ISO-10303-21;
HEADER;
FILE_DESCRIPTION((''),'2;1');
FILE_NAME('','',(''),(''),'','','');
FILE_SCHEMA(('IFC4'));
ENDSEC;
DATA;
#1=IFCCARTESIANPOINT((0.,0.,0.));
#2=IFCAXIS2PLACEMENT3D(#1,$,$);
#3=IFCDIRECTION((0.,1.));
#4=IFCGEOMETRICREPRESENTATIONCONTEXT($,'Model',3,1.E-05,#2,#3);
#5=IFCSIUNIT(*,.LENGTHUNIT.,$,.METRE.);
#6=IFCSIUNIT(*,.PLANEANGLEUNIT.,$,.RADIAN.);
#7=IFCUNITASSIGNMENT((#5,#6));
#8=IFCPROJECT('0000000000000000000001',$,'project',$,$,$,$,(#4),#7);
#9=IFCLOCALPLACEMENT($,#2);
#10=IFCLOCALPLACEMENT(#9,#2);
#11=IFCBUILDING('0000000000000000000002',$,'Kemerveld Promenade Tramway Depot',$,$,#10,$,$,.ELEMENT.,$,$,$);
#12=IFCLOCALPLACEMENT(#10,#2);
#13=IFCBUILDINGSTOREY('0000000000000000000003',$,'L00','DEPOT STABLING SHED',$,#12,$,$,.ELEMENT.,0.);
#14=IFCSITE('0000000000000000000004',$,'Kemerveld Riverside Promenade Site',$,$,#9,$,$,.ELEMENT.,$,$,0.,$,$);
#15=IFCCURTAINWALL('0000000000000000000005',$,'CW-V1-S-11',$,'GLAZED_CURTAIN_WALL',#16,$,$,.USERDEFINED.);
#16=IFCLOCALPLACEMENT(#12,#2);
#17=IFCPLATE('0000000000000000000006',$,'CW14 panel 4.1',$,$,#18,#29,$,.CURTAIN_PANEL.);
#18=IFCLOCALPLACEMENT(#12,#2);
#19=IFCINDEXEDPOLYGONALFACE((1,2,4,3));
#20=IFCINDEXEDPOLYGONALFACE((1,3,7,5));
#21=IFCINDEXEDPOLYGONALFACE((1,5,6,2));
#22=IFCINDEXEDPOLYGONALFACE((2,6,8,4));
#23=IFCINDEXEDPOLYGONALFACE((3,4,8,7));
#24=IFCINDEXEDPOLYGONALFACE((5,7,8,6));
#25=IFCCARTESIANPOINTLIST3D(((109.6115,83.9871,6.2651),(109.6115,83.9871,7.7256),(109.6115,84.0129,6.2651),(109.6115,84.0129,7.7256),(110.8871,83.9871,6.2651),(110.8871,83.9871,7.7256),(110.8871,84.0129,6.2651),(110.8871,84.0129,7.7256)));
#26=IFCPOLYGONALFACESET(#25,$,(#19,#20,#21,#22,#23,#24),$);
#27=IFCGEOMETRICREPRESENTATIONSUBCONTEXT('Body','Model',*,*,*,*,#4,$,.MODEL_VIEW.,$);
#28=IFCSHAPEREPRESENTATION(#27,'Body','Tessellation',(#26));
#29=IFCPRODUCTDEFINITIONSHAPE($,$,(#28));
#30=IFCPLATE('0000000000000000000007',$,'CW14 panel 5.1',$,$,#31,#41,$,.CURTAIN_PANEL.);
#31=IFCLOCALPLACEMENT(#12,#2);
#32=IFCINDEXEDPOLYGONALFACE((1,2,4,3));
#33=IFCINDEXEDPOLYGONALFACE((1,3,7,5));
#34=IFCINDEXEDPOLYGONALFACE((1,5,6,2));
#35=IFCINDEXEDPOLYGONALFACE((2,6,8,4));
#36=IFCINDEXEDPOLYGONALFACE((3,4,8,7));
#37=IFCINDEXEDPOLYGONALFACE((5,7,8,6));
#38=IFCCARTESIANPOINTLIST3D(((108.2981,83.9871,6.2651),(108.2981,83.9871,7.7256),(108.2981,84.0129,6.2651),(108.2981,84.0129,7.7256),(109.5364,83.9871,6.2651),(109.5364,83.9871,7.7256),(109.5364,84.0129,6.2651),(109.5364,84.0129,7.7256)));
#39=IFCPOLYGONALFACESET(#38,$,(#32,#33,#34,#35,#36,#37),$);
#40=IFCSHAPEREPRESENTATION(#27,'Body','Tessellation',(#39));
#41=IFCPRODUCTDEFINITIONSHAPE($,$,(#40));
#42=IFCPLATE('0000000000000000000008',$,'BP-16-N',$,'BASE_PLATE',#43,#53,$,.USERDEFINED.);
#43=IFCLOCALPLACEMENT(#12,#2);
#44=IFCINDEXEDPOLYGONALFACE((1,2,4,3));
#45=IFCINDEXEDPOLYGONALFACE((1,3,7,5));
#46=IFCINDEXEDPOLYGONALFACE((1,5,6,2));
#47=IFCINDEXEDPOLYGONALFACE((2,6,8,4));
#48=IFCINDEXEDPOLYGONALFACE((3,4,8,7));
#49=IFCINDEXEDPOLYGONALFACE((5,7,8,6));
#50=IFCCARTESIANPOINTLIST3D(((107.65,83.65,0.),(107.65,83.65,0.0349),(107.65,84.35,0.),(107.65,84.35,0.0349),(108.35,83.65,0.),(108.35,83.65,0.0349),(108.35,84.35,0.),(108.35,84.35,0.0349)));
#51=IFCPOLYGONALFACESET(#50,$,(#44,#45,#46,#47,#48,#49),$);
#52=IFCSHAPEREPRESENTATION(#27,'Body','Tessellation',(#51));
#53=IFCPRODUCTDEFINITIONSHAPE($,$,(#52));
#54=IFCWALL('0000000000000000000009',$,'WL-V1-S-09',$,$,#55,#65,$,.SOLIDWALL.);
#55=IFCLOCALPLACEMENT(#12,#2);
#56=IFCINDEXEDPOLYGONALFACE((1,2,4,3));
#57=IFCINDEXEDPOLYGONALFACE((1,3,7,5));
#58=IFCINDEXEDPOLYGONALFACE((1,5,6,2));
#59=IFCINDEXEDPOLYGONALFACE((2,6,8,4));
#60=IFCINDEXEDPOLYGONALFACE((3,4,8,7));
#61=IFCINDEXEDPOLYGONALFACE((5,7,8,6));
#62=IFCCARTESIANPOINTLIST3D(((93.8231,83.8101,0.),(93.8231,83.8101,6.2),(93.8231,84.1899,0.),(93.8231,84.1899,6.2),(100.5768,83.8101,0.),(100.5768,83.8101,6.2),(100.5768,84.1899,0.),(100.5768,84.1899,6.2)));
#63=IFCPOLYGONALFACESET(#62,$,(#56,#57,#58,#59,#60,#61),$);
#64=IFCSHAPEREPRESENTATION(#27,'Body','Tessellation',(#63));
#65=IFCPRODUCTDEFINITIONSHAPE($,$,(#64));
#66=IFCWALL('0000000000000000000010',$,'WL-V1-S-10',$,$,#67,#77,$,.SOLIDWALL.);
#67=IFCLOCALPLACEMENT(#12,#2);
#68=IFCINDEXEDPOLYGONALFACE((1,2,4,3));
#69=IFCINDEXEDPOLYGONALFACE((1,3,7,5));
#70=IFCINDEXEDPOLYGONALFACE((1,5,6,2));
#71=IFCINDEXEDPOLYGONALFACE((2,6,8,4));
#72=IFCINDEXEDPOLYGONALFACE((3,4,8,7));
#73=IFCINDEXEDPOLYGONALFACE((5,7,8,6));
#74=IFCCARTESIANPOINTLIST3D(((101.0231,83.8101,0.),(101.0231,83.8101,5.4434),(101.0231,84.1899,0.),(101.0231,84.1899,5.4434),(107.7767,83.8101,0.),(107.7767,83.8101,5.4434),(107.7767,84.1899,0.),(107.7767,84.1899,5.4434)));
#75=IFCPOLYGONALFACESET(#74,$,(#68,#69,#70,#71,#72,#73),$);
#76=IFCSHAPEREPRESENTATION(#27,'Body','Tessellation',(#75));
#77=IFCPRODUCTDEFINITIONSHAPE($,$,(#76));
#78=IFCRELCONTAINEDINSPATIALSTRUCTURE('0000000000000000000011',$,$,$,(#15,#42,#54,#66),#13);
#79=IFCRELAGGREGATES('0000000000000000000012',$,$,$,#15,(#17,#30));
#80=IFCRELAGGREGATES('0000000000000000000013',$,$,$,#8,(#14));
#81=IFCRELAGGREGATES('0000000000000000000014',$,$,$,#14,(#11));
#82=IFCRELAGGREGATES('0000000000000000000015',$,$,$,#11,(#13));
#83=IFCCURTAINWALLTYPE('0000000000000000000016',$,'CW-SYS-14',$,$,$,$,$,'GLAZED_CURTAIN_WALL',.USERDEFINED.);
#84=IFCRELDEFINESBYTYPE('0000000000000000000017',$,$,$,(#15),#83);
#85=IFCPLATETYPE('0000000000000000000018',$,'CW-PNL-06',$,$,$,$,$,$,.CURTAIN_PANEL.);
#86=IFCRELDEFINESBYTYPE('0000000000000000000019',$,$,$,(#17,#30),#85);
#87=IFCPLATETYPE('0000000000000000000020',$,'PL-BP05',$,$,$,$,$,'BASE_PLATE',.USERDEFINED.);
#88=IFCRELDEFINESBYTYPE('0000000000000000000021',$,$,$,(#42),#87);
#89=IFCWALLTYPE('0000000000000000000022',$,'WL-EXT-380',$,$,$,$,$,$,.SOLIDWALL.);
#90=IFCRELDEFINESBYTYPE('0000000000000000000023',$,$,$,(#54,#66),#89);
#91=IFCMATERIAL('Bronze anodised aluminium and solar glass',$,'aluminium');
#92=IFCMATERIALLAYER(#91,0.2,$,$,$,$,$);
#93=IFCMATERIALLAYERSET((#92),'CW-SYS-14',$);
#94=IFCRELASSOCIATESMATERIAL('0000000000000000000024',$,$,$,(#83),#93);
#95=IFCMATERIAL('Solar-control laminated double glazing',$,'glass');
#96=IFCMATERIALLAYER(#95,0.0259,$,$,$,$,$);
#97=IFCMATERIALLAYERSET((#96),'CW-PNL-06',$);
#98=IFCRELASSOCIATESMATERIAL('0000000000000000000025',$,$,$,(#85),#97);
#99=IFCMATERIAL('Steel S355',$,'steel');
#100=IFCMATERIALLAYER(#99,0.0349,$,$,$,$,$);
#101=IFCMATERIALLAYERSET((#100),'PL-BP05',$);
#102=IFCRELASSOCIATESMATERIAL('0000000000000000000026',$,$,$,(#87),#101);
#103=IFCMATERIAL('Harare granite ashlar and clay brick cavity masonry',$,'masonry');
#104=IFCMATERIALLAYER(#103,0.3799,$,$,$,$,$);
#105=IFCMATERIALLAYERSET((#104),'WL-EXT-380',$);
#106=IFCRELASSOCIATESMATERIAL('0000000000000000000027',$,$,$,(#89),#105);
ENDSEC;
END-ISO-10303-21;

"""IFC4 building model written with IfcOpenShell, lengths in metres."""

from ifc_helpers import new_model, si_unit, direction, frame, frame_2d, origin, origin_2d, place, context, subcontext, project, spatial, rectangle, extrude, material, layer, layer_set, type_object, element, aggregate, save


model = new_model("IFC4")

# Units and contexts
model_context = context("Model", 3, precision=1e-05, world=origin(), true_north=direction((0.0, 1.0)))
body_context = subcontext(model_context, "Body", "Model", "MODEL_VIEW")
ifc_project = project(units=[si_unit("LENGTHUNIT", "METRE"), si_unit("PLANEANGLEUNIT", "RADIAN")], contexts=[model_context])

# Site, building, storey
site_placement = place(None, origin())
site = spatial("IfcSite", under=ifc_project, at=site_placement, Name="Kemerveld Riverside Promenade Site", CompositionType="ELEMENT", RefElevation=0.0)
building_placement = place(site_placement, origin())
building = spatial("IfcBuilding", under=site, at=building_placement, Name="Kemerveld Promenade Tramway Depot", CompositionType="ELEMENT")
storey_placement = place(building_placement, origin())
storey = spatial("IfcBuildingStorey", under=building, at=storey_placement, Name="L00", Description="DEPOT STABLING SHED", CompositionType="ELEMENT", Elevation=0.0)

# Shared definitions
ifc_material_1 = material(Name="Steel S355", Category="steel")

# Shared definitions
ifc_material_2 = material(Name="Bronze anodised aluminium and solar glass", Category="aluminium")

# Curtain wall
ifc_layer_1 = layer(ifc_material_2, 0.2)
ifc_layer_set_1 = layer_set([ifc_layer_1], Name="CW-SYS-14")
curtain_wall_type_1 = type_object("IfcCurtainWallType", Name="CW-SYS-14", ElementType="GLAZED_CURTAIN_WALL", PredefinedType="USERDEFINED", material=ifc_layer_set_1)
curtain_wall_1_placement = place(storey_placement, origin())
curtain_wall_1 = element("IfcCurtainWall", 1, at=curtain_wall_1_placement, inside=storey, type_object=curtain_wall_type_1, Name="CW-V1-S-11", ObjectType="GLAZED_CURTAIN_WALL", PredefinedType="USERDEFINED")

# Plates
ifc_material_3 = material(Name="Solar-control laminated double glazing", Category="glass")
ifc_layer_2 = layer(ifc_material_3, 0.0259)
ifc_layer_set_2 = layer_set([ifc_layer_2], Name="CW-PNL-06")
plate_type_1 = type_object("IfcPlateType", Name="CW-PNL-06", PredefinedType="CURTAIN_PANEL", material=ifc_layer_set_2)
plate_1_placement = place(storey_placement, frame((110.2493, 84.0, 6.2651), z_axis=(0.0, 0.0, 1.0), x_axis=(-1.0, 0.0, 0.0)))
plate_1 = element("IfcPlate", 2, at=plate_1_placement, type_object=plate_type_1, Name="CW14 panel 4.1", PredefinedType="CURTAIN_PANEL", context=body_context, shape_type="SweptSolid", body=[
    extrude(rectangle(XDim=1.2756, YDim=0.0259, at=origin_2d()), origin(), (0.0, 0.0, 1.0), 1.4604),
])
plate_2_placement = place(storey_placement, frame((108.9172, 84.0, 6.2651), z_axis=(0.0, 0.0, 1.0), x_axis=(-1.0, 0.0, 0.0)))
plate_2 = element("IfcPlate", 3, at=plate_2_placement, type_object=plate_type_1, Name="CW14 panel 5.1", PredefinedType="CURTAIN_PANEL", context=body_context, shape_type="SweptSolid", body=[
    extrude(rectangle(XDim=1.2383, YDim=0.0259, at=origin_2d()), origin(), (0.0, 0.0, 1.0), 1.4604),
])
aggregate(curtain_wall_1, [plate_1, plate_2])
ifc_layer_3 = layer(ifc_material_1, 0.0349)
ifc_layer_set_3 = layer_set([ifc_layer_3], Name="PL-BP05")
plate_type_2 = type_object("IfcPlateType", Name="PL-BP05", ElementType="BASE_PLATE", PredefinedType="USERDEFINED", material=ifc_layer_set_3)
plate_3_placement = place(storey_placement, frame((108.0, 84.0, 0.0), z_axis=(0.0, 0.0, 1.0), x_axis=(1.0, 0.0, 0.0)))
element("IfcPlate", 4, at=plate_3_placement, inside=storey, type_object=plate_type_2, Name="BP-16-N", ObjectType="BASE_PLATE", PredefinedType="USERDEFINED", context=body_context, shape_type="SweptSolid", body=[
    extrude(rectangle(XDim=0.7, YDim=0.7, at=origin_2d()), origin(), (0.0, 0.0, 1.0), 0.0349),
])

# Walls
ifc_material_4 = material(Name="Harare granite ashlar and clay brick cavity masonry", Category="masonry")
ifc_layer_4 = layer(ifc_material_4, 0.3799)
ifc_layer_set_4 = layer_set([ifc_layer_4], Name="WL-EXT-380")
wall_type = type_object("IfcWallType", Name="WL-EXT-380", PredefinedType="SOLIDWALL", material=ifc_layer_set_4)
wall_1_placement = place(storey_placement, frame((100.5769, 84.0, 0.0), z_axis=(0.0, 0.0, 1.0), x_axis=(-1.0, 0.0, 0.0)))
element("IfcWall", 5, at=wall_1_placement, inside=storey, type_object=wall_type, Name="WL-V1-S-09", PredefinedType="SOLIDWALL", context=body_context, shape_type="SweptSolid", body=[
    extrude(rectangle(XDim=6.7537, YDim=0.3799, at=frame_2d((3.377, 0.0))), origin(), (0.0, 0.0, 1.0), 6.2),
])
wall_2_placement = place(storey_placement, frame((107.7769, 84.0, 0.0), z_axis=(0.0, 0.0, 1.0), x_axis=(-1.0, 0.0, 0.0)))
element("IfcWall", 6, at=wall_2_placement, inside=storey, type_object=wall_type, Name="WL-V1-S-10", PredefinedType="SOLIDWALL", context=body_context, shape_type="SweptSolid", body=[
    extrude(rectangle(XDim=6.7537, YDim=0.3799, at=frame_2d((3.377, 0.0))), origin(), (0.0, 0.0, 1.0), 5.4434),
])

save(model, "model.ifc")
